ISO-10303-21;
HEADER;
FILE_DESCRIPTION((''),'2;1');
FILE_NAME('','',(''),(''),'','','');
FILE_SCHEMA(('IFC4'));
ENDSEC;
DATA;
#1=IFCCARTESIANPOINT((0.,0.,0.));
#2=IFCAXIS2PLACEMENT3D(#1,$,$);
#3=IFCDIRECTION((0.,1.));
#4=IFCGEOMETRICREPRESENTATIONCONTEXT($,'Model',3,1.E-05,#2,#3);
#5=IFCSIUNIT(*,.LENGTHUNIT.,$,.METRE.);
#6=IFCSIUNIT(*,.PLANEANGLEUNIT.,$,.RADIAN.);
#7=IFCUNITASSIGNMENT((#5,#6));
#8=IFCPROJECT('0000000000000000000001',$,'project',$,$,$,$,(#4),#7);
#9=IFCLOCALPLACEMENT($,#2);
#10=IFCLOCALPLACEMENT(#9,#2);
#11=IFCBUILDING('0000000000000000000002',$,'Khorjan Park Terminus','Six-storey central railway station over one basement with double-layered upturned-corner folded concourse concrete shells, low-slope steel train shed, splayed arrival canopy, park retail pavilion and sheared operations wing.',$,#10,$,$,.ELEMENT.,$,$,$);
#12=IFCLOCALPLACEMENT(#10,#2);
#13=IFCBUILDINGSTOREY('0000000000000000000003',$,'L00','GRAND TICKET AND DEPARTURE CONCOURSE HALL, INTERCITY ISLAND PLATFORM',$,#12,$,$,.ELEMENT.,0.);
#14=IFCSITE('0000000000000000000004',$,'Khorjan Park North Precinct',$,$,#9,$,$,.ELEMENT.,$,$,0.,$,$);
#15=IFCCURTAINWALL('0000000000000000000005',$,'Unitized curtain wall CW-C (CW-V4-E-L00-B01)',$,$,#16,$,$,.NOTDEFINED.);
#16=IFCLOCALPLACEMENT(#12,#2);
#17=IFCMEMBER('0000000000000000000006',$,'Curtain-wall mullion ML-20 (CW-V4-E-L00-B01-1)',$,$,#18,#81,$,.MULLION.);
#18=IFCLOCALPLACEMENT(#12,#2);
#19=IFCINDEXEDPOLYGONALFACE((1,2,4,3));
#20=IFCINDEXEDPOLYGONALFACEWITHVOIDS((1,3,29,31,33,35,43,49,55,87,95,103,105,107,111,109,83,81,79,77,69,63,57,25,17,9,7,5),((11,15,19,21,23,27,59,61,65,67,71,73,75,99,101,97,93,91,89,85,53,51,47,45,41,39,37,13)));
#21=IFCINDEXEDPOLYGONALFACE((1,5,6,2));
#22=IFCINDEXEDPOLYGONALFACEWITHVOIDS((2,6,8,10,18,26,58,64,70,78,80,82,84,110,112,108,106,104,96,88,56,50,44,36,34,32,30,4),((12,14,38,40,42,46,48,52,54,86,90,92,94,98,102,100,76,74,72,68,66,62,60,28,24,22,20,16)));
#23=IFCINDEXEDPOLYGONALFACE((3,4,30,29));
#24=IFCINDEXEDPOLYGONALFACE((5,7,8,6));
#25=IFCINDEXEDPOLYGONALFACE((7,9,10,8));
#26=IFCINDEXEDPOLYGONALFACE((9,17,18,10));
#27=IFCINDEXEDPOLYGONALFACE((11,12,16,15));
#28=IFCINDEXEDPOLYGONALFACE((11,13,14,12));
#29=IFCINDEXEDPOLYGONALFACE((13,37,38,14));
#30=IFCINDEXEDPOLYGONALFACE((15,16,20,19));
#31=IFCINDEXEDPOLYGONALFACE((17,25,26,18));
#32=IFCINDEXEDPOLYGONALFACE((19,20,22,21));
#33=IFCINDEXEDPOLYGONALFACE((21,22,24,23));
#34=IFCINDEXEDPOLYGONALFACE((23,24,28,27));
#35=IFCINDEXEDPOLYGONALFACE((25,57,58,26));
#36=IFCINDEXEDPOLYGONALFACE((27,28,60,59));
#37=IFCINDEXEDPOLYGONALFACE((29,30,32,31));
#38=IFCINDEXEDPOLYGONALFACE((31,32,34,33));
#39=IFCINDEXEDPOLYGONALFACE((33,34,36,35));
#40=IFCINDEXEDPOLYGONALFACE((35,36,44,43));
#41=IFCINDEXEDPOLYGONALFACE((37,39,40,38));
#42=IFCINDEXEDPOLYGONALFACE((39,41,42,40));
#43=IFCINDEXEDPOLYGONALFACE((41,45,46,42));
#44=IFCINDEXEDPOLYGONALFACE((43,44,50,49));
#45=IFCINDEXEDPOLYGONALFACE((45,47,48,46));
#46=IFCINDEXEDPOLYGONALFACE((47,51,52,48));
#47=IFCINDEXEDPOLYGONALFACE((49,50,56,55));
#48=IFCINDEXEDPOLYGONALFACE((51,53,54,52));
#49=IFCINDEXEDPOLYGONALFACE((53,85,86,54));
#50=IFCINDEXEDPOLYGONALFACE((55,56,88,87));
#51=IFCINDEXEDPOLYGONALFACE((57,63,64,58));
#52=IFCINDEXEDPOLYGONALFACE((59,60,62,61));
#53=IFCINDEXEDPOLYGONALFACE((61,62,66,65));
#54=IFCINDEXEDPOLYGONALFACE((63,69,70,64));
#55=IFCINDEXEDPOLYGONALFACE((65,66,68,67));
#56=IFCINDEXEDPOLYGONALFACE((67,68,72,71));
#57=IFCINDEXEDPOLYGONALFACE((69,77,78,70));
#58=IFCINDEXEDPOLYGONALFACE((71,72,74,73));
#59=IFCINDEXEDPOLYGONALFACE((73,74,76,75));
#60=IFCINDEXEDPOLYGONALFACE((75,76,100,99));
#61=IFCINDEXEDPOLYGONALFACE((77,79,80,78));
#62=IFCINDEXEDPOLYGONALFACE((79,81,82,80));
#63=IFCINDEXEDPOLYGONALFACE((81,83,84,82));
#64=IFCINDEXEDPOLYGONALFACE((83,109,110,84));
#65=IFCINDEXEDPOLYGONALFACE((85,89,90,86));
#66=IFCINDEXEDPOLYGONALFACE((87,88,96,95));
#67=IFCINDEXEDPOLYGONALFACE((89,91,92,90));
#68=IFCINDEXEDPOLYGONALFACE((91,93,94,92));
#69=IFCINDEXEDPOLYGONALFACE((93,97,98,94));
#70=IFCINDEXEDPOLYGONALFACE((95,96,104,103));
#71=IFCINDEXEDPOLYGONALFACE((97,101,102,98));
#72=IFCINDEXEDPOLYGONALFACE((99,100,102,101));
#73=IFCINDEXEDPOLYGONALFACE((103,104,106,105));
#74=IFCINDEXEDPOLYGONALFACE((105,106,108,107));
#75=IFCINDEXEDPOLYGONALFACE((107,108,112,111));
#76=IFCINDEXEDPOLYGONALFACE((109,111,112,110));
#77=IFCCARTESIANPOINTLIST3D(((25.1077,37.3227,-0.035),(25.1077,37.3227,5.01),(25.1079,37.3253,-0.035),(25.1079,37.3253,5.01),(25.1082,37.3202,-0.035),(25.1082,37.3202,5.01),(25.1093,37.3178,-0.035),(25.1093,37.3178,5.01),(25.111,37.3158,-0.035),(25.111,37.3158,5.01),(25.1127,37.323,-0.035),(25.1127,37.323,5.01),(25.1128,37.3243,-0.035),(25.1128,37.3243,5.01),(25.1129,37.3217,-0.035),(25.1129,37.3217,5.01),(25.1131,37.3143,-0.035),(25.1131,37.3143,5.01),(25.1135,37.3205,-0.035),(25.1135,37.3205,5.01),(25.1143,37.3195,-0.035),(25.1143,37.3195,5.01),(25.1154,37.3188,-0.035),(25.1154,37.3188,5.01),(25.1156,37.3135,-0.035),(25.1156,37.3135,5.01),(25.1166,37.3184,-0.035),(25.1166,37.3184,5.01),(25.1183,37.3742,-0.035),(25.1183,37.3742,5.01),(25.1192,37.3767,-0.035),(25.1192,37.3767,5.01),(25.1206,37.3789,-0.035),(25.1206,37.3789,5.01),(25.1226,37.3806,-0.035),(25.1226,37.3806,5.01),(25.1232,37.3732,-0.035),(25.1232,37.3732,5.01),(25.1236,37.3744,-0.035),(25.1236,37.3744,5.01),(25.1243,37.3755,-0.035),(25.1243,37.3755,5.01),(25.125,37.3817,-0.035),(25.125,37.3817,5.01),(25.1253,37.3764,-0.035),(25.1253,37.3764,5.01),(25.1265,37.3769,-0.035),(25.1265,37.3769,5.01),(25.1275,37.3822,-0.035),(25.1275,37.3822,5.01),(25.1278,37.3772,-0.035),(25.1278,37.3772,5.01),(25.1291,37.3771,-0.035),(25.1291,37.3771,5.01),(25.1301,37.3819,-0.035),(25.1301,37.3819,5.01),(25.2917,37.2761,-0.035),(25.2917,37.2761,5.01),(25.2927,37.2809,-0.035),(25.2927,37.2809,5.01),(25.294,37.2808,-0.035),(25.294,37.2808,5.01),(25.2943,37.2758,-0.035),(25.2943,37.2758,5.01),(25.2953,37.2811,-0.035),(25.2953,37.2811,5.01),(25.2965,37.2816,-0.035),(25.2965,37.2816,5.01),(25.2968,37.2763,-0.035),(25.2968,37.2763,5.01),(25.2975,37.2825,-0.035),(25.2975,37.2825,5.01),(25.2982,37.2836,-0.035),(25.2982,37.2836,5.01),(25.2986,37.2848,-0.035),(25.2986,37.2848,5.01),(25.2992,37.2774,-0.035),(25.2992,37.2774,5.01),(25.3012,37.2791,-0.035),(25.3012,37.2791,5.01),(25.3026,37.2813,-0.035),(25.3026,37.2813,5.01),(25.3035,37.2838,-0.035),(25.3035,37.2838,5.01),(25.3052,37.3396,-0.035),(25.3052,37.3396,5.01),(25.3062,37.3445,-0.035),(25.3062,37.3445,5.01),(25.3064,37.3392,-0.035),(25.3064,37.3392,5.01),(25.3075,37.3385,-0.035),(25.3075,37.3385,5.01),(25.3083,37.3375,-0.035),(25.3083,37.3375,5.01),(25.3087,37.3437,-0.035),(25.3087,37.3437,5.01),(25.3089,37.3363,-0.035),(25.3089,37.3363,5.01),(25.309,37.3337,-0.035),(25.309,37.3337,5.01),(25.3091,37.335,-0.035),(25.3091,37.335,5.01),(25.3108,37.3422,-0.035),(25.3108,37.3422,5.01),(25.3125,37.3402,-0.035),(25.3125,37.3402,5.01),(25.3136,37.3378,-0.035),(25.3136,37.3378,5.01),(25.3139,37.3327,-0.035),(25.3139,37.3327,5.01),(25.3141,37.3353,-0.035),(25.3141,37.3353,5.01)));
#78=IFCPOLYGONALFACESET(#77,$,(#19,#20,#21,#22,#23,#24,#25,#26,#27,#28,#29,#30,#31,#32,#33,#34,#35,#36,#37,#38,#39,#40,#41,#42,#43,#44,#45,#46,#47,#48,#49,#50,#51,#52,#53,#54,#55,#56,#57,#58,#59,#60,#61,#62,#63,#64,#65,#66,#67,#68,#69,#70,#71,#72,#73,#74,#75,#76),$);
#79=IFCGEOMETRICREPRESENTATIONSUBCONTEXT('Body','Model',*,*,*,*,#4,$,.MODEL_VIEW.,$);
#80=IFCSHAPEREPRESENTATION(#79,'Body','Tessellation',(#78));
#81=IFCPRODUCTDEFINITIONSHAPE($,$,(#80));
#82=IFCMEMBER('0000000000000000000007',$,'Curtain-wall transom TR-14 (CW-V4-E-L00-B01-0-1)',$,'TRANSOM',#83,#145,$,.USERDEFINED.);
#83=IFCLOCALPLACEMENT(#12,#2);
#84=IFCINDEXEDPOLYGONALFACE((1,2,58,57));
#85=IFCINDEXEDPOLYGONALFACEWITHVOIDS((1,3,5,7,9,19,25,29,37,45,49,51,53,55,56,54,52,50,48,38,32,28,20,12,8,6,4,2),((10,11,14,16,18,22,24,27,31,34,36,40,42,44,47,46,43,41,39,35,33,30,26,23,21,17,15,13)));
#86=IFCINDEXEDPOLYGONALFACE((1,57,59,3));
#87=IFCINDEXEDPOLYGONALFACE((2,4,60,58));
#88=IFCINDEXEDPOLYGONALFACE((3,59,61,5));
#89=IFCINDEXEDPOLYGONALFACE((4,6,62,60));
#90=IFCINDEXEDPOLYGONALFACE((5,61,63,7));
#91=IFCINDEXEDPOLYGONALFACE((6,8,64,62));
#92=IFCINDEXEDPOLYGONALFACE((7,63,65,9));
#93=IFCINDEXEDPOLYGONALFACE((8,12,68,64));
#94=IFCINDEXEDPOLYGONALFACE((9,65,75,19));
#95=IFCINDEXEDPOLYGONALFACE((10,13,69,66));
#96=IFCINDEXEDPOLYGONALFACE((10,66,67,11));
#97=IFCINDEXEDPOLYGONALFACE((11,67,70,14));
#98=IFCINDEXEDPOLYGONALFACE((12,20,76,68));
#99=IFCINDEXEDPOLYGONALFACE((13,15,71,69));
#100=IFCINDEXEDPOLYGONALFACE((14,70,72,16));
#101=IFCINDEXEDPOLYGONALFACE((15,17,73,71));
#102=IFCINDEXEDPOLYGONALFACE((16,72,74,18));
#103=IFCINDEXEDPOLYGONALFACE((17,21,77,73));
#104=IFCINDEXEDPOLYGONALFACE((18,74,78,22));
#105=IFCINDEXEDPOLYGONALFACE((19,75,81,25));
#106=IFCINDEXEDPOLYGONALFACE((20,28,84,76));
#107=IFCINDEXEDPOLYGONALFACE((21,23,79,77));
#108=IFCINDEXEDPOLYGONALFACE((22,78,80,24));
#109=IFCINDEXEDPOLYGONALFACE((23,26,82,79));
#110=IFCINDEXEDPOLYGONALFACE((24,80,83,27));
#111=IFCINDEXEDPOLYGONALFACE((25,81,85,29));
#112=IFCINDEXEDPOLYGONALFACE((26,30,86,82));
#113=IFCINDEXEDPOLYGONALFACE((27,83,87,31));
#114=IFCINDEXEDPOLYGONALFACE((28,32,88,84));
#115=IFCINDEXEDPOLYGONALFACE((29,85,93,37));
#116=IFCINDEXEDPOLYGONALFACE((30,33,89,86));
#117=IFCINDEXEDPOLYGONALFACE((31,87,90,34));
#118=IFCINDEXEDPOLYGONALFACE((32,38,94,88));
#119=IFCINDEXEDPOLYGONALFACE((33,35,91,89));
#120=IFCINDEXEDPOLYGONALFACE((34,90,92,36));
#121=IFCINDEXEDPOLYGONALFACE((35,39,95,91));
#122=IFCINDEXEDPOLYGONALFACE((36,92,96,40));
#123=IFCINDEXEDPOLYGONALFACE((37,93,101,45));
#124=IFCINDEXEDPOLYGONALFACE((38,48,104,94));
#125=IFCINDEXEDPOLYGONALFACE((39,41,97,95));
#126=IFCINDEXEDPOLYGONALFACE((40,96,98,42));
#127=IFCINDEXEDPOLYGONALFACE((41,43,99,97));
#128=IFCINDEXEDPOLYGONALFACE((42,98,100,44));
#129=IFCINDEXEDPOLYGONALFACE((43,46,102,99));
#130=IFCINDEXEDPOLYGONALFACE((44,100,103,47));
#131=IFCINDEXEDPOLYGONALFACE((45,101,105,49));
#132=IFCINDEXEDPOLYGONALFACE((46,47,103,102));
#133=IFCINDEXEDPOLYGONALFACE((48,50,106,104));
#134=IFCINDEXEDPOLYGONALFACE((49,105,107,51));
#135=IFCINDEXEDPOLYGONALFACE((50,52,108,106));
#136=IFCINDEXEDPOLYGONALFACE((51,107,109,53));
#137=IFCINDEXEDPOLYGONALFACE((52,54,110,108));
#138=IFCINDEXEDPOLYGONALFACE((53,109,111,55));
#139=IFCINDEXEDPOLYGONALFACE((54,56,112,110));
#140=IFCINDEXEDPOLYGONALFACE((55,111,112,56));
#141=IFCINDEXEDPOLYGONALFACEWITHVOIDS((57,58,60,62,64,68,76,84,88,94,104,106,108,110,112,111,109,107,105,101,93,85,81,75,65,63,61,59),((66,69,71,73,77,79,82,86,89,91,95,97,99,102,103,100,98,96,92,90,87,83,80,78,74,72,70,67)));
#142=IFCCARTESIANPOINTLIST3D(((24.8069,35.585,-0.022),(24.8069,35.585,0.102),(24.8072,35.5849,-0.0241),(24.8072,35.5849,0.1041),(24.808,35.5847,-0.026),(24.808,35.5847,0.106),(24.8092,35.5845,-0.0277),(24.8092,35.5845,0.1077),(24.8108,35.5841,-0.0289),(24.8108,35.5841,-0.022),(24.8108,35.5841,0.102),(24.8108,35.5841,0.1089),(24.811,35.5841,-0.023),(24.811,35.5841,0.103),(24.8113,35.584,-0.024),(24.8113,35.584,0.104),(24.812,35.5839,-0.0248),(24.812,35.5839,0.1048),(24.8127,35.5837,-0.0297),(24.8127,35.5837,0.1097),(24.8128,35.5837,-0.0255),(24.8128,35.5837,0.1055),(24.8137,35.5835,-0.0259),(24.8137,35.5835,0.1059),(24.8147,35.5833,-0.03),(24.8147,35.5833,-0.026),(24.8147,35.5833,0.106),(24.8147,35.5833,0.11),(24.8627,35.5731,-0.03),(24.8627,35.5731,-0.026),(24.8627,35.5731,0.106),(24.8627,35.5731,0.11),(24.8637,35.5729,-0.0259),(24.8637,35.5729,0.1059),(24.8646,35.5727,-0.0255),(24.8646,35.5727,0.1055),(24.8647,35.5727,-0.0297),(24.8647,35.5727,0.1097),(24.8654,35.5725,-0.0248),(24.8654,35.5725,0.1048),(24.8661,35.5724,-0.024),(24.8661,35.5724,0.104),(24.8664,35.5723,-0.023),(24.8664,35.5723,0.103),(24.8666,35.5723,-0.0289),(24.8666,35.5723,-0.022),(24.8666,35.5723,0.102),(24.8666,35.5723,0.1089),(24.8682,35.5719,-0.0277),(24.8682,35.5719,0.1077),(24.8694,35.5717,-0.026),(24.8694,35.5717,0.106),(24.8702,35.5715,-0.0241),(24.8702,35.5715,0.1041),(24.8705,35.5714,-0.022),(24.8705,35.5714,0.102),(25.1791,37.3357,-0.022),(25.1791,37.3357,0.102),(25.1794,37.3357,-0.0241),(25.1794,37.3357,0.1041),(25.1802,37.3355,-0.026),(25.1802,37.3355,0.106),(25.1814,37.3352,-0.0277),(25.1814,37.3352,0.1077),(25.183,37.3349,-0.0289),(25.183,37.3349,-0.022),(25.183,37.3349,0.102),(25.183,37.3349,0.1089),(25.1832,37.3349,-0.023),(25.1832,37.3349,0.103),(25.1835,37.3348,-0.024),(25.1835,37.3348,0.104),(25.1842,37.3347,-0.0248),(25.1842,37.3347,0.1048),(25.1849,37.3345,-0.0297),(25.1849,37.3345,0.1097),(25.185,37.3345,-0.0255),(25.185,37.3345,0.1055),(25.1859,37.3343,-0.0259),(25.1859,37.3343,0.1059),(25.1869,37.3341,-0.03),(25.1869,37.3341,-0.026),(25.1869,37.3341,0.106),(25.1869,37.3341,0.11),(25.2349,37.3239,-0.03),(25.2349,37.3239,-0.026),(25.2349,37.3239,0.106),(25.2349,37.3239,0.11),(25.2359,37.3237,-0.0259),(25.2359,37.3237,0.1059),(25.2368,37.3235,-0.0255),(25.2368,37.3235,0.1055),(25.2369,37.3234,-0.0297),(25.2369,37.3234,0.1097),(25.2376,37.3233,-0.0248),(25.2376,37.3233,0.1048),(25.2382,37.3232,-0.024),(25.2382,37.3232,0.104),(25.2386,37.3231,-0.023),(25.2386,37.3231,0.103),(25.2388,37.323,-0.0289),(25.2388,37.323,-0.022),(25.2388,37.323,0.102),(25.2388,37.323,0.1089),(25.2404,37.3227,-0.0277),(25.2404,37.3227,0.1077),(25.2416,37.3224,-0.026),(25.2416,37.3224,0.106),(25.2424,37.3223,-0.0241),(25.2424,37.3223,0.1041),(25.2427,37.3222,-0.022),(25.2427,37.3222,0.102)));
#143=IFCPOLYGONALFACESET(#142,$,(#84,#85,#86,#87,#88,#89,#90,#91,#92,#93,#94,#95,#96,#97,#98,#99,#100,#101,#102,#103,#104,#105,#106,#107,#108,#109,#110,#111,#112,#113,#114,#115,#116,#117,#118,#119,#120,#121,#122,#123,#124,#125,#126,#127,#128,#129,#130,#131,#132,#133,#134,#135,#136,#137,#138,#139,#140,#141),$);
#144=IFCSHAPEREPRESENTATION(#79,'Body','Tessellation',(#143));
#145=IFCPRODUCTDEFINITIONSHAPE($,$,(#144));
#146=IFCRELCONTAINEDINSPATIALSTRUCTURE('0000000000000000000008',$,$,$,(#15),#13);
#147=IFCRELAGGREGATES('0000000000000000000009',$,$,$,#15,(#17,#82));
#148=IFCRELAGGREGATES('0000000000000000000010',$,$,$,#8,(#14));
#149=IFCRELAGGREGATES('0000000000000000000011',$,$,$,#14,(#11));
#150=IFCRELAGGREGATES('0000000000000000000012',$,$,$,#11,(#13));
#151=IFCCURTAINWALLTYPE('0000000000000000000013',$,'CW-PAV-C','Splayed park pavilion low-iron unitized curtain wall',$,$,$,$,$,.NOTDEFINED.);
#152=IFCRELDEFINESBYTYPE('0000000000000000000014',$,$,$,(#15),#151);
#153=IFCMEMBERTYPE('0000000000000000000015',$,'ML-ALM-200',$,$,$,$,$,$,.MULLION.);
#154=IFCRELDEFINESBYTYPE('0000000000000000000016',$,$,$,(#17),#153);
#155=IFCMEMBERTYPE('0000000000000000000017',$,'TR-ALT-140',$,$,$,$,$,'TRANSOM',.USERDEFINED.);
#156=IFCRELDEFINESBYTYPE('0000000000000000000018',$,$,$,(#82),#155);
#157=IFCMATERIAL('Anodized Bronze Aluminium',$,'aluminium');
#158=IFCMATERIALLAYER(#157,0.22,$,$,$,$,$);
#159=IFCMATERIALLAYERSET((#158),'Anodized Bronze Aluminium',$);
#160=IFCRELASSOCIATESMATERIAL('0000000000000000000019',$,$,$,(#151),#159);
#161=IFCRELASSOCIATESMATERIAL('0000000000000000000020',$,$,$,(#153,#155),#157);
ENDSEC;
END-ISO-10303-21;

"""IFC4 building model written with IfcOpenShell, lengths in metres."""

from ifc_helpers import new_model, si_unit, direction, frame, origin, origin_2d, place, context, subcontext, project, spatial, hollow_rectangle, extrude, material, layer, layer_set, material_profile, profile_set, type_object, element, aggregate, save


model = new_model("IFC4")

# Units and contexts
model_context = context("Model", 3, precision=1e-05, world=origin(), true_north=direction((0.0, 1.0)))
body_context = subcontext(model_context, "Body", "Model", "MODEL_VIEW")
ifc_project = project(units=[si_unit("LENGTHUNIT", "METRE"), si_unit("PLANEANGLEUNIT", "RADIAN")], contexts=[model_context])

# Site, building, storey
site_placement = place(None, origin())
site = spatial("IfcSite", under=ifc_project, at=site_placement, Name="Khorjan Park North Precinct", CompositionType="ELEMENT", RefElevation=0.0)
building_placement = place(site_placement, origin())
building = spatial("IfcBuilding", under=site, at=building_placement, Name="Khorjan Park Terminus", Description="Six-storey central railway station over one basement with double-layered upturned-corner folded concourse concrete shells, low-slope steel train shed, splayed arrival canopy, park retail pavilion and sheared operations wing.", CompositionType="ELEMENT")
storey_placement = place(building_placement, origin())
storey = spatial("IfcBuildingStorey", under=building, at=storey_placement, Name="L00", Description="GRAND TICKET AND DEPARTURE CONCOURSE HALL, INTERCITY ISLAND PLATFORM", CompositionType="ELEMENT", Elevation=0.0)

# Curtain wall, members
ifc_material_1 = material(Name="Anodized Bronze Aluminium", Category="aluminium")
ifc_layer_1 = layer(ifc_material_1, 0.22)
ifc_layer_set_1 = layer_set([ifc_layer_1], Name="Anodized Bronze Aluminium")
curtain_wall_type = type_object("IfcCurtainWallType", Name="CW-PAV-C", Description="Splayed park pavilion low-iron unitized curtain wall", PredefinedType="NOTDEFINED", material=ifc_layer_set_1)
curtain_wall_placement = place(storey_placement, origin())
curtain_wall = element("IfcCurtainWall", 1, at=curtain_wall_placement, inside=storey, type_object=curtain_wall_type, Name="Unitized curtain wall CW-C (CW-V4-E-L00-B01)", PredefinedType="NOTDEFINED")
ifc_material_profile_1 = material_profile(ifc_material_1, hollow_rectangle(XDim=0.07, YDim=0.2, WallThickness=0.005, InnerFilletRadius=0.005, OuterFilletRadius=0.01, at=origin_2d()), Name="ALM 70x200x5")
ifc_profile_set_1 = profile_set([ifc_material_profile_1], Name="Anodized Bronze Aluminium")
member_type_1 = type_object("IfcMemberType", Name="ML-ALM-200", PredefinedType="MULLION", material=ifc_profile_set_1)
member_1_placement = place(storey_placement, frame((25.2109, 37.329, -0.035), z_axis=(0.0, 0.0, 1.0), x_axis=(0.207917, 0.978147, 0.0)))
member_1 = element("IfcMember", 2, at=member_1_placement, type_object=member_type_1, Name="Curtain-wall mullion ML-20 (CW-V4-E-L00-B01-1)", PredefinedType="MULLION", context=body_context, shape_type="SweptSolid", body=[
    extrude(hollow_rectangle(XDim=0.07, YDim=0.2, WallThickness=0.005, InnerFilletRadius=0.005, OuterFilletRadius=0.01, at=origin_2d()), origin(), (0.0, 0.0, 1.0), 5.045),
])
ifc_material_profile_2 = material_profile(ifc_material_1, hollow_rectangle(XDim=0.065, YDim=0.14, WallThickness=0.004, InnerFilletRadius=0.004, OuterFilletRadius=0.008, at=origin_2d()), Name="ALT 65x140x4")
ifc_profile_set_2 = profile_set([ifc_material_profile_2], Name="Anodized Bronze Aluminium")
member_type_2 = type_object("IfcMemberType", Name="TR-ALT-140", ElementType="TRANSOM", PredefinedType="USERDEFINED", material=ifc_profile_set_2)
member_2_placement = place(storey_placement, frame((24.8387, 35.5782, 0.04), z_axis=(0.207942, 0.978141, 0.0), x_axis=(-0.978141, 0.207942, 0.0)))
member_2 = element("IfcMember", 3, at=member_2_placement, type_object=member_type_2, Name="Curtain-wall transom TR-14 (CW-V4-E-L00-B01-0-1)", ObjectType="TRANSOM", PredefinedType="USERDEFINED", context=body_context, shape_type="SweptSolid", body=[
    extrude(hollow_rectangle(XDim=0.065, YDim=0.14, WallThickness=0.004, InnerFilletRadius=0.004, OuterFilletRadius=0.008, at=origin_2d()), origin(), (0.0, 0.0, 1.0), 1.7899),
])
aggregate(curtain_wall, [member_1, member_2])

save(model, "model.ifc")
